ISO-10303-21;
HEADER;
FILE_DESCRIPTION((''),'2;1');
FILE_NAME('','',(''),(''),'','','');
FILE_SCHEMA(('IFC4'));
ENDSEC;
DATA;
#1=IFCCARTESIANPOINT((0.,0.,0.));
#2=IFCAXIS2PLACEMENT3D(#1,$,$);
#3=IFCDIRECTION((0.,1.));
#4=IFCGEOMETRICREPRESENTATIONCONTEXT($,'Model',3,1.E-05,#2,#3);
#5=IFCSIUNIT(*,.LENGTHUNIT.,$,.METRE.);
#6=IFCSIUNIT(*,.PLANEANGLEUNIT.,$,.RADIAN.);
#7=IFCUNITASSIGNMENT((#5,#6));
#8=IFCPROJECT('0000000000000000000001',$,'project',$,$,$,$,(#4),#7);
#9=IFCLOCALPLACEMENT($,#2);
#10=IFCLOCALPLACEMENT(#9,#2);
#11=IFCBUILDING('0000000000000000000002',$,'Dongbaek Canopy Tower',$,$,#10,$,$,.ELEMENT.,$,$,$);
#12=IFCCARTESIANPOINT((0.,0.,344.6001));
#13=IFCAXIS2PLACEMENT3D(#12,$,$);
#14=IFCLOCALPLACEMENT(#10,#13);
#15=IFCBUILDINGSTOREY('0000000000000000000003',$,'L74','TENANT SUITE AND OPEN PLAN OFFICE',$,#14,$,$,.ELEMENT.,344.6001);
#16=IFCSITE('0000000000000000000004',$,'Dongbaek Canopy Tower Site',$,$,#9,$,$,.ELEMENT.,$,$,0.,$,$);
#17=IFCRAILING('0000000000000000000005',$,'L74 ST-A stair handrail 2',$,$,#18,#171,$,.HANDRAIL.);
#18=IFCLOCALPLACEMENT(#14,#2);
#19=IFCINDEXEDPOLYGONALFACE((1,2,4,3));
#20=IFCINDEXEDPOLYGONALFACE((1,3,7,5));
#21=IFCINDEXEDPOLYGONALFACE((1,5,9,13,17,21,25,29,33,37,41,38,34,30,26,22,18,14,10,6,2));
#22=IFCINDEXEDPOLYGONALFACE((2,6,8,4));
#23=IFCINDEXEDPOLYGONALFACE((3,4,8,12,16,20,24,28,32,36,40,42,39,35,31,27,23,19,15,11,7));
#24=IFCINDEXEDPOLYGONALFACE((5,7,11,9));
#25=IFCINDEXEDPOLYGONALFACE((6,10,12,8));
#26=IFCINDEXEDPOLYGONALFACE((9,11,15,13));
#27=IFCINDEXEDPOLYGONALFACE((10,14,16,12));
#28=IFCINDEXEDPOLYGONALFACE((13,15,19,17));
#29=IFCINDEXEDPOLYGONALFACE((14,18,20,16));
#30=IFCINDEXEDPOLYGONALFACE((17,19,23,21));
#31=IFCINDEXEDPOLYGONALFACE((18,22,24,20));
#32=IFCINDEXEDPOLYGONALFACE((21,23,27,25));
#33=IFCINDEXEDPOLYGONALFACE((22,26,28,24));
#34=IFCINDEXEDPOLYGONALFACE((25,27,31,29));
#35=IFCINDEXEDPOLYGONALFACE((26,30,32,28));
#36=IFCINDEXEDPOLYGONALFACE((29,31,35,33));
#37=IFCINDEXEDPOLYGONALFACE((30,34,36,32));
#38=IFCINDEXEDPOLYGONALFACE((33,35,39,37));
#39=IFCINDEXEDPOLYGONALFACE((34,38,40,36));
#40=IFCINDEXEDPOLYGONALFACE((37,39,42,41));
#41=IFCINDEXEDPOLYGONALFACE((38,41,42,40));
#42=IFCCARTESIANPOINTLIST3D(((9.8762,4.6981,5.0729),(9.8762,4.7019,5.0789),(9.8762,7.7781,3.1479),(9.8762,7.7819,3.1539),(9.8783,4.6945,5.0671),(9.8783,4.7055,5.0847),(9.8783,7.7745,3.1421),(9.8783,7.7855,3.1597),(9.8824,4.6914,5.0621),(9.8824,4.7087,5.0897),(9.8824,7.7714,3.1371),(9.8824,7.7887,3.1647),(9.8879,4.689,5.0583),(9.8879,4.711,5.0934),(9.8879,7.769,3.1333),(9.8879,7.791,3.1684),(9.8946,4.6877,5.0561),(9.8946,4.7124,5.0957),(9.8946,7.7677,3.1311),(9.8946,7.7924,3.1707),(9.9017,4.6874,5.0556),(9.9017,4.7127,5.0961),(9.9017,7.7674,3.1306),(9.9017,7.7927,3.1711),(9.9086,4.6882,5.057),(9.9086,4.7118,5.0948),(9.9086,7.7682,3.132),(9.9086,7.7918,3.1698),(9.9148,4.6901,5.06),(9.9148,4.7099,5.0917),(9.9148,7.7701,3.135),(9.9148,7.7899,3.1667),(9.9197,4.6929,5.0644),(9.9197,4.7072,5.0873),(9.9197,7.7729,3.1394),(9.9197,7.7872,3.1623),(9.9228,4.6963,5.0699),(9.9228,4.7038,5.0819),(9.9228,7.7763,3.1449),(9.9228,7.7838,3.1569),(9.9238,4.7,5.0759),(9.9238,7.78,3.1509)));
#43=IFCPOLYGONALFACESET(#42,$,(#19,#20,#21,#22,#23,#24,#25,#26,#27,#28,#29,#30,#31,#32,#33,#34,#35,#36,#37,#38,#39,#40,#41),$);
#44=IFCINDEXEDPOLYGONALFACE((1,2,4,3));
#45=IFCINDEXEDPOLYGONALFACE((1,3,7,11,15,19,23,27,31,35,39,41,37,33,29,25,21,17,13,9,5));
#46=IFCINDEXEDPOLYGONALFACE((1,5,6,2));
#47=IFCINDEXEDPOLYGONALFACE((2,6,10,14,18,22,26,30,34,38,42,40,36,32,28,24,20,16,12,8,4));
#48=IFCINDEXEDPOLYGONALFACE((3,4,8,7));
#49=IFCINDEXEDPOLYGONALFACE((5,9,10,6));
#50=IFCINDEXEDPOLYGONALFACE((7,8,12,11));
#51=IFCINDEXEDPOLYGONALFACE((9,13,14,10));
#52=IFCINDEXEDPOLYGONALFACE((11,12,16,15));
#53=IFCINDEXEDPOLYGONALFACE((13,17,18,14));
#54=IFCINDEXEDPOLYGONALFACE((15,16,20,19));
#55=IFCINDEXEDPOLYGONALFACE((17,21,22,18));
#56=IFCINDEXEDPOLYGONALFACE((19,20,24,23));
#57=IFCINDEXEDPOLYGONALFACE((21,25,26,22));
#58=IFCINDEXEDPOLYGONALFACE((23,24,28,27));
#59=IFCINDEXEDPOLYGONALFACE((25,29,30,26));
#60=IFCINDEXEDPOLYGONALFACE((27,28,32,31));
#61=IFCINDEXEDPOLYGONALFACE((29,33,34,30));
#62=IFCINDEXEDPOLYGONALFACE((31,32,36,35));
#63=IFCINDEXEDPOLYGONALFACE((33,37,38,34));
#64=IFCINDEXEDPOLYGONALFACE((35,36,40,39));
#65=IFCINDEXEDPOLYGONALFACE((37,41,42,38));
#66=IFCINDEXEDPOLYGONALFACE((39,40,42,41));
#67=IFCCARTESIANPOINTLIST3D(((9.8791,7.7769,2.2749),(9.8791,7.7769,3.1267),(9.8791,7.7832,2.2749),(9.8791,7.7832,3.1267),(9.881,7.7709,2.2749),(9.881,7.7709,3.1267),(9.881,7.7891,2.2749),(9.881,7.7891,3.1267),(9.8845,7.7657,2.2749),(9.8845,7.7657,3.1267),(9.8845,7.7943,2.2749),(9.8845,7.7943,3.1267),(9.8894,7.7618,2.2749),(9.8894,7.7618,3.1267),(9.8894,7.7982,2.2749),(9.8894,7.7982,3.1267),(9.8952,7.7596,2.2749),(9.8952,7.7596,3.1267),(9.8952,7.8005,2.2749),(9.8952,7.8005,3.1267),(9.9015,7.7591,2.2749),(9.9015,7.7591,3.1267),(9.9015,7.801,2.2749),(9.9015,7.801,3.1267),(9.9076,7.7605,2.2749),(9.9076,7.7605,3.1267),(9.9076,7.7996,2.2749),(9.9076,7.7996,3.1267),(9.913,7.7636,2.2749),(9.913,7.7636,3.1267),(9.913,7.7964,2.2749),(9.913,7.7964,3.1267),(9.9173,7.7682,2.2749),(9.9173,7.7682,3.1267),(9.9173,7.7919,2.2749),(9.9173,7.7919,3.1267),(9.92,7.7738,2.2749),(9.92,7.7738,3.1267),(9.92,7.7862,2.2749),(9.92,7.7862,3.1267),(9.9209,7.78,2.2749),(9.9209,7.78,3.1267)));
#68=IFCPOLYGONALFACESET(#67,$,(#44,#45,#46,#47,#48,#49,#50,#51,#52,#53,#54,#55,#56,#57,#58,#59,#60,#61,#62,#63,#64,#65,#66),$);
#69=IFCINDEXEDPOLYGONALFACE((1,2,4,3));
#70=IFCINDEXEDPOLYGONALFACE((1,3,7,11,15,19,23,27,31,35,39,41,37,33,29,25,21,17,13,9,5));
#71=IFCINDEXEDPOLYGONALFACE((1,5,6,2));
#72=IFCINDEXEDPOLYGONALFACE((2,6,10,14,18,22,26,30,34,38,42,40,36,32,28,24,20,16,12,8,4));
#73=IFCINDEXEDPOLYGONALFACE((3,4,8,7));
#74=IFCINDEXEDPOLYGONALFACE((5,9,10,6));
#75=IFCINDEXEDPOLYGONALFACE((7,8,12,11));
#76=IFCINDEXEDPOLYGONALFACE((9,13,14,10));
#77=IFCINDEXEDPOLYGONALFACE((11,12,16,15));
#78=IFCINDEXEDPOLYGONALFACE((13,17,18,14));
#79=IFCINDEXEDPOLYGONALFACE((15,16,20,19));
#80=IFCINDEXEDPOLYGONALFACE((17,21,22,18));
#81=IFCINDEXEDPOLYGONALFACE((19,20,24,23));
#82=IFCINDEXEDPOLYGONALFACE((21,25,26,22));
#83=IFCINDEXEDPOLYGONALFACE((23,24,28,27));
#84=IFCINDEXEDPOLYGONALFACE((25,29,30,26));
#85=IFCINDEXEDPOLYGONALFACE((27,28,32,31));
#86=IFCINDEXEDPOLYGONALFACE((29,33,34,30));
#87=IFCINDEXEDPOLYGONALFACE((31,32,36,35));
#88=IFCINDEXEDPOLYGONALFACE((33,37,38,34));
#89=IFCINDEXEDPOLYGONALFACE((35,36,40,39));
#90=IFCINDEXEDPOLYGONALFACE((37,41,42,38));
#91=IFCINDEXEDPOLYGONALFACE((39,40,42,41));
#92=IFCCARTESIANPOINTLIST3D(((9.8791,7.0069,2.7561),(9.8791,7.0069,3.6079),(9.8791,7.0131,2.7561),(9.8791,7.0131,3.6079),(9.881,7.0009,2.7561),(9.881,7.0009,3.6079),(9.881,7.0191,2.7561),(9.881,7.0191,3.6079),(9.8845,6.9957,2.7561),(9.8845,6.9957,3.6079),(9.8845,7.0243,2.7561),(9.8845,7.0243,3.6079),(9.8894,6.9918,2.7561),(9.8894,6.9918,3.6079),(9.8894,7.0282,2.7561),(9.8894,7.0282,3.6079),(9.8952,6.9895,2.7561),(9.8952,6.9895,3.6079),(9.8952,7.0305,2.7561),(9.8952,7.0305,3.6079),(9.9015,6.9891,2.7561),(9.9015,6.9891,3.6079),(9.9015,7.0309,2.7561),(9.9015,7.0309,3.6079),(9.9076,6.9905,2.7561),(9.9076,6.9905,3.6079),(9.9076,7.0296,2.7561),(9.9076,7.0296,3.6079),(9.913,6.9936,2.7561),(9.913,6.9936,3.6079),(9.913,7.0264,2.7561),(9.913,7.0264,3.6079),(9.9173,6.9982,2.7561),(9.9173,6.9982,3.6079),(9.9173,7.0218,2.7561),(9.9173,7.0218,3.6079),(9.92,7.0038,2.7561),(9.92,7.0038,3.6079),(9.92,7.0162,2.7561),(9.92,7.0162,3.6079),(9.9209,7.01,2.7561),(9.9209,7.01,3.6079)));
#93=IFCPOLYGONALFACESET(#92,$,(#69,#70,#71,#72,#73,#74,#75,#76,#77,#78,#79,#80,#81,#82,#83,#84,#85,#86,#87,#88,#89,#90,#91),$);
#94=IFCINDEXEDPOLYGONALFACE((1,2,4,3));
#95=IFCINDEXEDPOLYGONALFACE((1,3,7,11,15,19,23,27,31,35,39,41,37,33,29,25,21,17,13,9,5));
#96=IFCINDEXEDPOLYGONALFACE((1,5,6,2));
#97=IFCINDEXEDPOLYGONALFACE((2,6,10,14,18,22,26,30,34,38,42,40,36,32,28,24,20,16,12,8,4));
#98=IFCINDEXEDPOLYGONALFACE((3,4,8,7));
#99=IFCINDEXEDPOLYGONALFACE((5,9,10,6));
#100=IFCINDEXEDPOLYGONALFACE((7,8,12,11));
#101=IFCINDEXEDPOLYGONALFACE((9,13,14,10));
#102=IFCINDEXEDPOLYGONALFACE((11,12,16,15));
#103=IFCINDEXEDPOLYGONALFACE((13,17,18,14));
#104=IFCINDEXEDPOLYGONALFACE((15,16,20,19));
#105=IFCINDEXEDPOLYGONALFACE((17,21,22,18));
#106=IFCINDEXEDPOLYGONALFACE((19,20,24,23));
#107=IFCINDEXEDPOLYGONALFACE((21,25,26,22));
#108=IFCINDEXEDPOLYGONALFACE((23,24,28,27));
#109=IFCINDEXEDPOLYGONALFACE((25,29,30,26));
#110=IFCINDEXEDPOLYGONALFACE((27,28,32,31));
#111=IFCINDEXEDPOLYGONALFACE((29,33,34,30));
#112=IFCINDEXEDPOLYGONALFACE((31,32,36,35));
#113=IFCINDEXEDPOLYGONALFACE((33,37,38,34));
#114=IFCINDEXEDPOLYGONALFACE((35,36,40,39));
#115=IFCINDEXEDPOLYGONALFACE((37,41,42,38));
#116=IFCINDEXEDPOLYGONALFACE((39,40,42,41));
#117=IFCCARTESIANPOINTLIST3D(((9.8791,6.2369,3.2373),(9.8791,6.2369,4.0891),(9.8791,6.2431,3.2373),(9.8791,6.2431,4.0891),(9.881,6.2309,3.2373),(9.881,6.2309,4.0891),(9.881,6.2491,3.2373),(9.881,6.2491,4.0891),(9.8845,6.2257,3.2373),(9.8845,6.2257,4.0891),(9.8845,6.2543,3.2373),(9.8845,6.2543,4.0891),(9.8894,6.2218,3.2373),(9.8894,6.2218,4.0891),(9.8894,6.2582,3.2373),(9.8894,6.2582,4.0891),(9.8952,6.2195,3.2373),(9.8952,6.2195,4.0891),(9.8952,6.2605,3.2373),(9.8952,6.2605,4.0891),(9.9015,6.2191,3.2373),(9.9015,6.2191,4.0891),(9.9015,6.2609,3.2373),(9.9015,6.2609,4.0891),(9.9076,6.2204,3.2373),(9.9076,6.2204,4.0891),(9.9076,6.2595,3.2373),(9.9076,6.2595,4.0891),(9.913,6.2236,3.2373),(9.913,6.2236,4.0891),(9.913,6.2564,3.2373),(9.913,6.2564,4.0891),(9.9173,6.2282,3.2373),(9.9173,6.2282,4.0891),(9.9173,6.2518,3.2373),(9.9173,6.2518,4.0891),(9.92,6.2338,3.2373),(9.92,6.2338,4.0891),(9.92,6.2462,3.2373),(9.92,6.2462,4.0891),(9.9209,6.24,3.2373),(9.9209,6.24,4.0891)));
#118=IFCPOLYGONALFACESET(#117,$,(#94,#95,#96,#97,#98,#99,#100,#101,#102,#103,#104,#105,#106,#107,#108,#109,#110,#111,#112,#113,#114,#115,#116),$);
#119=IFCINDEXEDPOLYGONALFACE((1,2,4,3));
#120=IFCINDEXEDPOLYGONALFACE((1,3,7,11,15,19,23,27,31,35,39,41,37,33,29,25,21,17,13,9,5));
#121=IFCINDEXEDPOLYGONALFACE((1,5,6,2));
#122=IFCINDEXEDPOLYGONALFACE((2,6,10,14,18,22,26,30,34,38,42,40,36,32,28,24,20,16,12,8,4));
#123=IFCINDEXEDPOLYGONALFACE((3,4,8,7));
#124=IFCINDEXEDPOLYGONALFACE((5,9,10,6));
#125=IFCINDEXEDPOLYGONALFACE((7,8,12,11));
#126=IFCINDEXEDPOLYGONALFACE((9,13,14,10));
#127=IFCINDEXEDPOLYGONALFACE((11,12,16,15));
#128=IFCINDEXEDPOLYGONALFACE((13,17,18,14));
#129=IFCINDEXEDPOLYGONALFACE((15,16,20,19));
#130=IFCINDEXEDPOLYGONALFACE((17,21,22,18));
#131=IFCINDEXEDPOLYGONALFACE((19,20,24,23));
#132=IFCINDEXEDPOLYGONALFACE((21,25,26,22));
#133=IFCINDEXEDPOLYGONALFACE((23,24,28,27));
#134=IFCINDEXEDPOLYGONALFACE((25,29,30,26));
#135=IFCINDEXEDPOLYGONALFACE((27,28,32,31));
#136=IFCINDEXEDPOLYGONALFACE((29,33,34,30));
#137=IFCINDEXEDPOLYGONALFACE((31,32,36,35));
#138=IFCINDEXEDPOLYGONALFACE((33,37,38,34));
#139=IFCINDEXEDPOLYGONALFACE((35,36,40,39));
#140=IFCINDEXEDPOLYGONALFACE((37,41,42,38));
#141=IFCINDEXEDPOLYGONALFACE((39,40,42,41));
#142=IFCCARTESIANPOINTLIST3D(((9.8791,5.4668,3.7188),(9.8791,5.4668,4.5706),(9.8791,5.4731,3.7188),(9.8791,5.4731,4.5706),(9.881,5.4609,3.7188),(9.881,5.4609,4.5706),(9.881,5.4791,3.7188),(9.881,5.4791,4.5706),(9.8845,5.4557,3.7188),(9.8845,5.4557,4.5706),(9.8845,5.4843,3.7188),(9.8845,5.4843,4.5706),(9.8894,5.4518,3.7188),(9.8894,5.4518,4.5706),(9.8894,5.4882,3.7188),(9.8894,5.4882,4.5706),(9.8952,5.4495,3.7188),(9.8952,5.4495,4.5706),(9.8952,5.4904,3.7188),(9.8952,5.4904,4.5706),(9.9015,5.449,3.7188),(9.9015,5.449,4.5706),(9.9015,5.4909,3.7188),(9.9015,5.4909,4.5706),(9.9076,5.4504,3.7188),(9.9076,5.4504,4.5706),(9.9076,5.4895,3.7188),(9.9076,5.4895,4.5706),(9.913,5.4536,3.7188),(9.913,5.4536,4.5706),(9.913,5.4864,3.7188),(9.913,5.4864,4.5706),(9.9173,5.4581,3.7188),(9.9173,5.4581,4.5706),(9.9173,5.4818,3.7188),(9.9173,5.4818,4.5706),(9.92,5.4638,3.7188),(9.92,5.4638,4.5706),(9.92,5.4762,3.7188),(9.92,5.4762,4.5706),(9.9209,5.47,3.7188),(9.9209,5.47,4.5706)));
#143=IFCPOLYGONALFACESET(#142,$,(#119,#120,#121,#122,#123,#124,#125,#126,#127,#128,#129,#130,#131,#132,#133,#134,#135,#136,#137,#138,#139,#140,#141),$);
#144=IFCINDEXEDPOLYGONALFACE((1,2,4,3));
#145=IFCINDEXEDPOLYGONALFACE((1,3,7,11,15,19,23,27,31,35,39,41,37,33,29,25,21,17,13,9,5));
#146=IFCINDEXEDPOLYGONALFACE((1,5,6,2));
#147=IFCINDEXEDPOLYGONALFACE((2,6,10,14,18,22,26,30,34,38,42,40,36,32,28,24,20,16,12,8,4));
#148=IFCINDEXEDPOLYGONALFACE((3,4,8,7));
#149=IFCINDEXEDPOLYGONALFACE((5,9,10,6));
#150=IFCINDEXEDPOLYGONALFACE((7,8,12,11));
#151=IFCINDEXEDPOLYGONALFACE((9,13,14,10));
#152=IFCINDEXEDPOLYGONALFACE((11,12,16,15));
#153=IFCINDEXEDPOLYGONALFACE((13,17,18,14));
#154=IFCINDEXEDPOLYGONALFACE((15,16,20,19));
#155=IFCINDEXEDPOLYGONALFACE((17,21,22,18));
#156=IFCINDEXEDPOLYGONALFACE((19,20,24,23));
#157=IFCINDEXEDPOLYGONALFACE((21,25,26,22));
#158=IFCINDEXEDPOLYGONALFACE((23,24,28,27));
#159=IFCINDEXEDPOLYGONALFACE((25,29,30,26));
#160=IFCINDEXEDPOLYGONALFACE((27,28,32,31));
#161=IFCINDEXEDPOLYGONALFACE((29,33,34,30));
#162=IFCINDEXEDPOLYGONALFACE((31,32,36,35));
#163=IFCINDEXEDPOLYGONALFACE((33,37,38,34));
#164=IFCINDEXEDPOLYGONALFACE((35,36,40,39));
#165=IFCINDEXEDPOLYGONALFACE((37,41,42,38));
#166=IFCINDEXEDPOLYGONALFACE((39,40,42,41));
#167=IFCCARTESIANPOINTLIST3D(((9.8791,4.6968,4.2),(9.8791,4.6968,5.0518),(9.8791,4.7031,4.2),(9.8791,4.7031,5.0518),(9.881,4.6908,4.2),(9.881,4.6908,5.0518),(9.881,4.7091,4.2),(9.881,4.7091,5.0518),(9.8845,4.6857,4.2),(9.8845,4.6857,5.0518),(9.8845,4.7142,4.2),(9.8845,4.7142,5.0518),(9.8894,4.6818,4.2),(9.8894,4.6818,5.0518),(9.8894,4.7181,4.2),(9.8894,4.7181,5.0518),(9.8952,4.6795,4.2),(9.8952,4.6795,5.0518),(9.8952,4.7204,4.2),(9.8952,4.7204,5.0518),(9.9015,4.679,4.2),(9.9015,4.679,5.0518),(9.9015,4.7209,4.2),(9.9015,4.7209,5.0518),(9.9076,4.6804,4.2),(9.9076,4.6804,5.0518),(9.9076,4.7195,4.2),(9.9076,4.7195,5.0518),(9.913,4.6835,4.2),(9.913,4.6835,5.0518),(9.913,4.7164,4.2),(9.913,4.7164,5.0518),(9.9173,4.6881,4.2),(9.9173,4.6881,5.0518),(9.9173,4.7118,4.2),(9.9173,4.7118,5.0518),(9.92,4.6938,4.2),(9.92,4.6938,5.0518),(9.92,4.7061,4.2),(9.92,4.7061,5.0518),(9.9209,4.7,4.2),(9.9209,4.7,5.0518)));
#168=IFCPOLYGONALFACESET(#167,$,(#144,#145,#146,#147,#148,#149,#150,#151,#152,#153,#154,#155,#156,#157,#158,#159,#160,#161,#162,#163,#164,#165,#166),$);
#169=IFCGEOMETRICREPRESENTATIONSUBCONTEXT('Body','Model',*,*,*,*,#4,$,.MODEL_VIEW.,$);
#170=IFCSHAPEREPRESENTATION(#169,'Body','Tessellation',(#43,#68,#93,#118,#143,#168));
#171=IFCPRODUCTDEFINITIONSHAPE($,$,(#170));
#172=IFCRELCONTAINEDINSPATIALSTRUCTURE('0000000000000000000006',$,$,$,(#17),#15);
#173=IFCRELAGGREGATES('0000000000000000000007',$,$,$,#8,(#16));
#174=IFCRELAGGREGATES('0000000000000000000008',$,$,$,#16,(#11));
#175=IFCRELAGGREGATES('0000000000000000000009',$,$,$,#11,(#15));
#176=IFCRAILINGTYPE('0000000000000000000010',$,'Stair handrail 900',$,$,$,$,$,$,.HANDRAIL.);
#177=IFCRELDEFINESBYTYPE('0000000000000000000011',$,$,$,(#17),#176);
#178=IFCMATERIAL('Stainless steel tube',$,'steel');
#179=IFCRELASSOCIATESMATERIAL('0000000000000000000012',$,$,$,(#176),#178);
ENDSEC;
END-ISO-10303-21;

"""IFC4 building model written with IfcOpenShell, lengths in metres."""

from ifc_helpers import new_model, si_unit, direction, frame, origin, origin_2d, place, context, subcontext, project, spatial, circle, extrude, material, type_object, element, save


model = new_model("IFC4")

# Units and contexts
model_context = context("Model", 3, precision=1e-05, world=origin(), true_north=direction((0.0, 1.0)))
body_context = subcontext(model_context, "Body", "Model", "MODEL_VIEW")
ifc_project = project(units=[si_unit("LENGTHUNIT", "METRE"), si_unit("PLANEANGLEUNIT", "RADIAN")], contexts=[model_context])

# Site, building, storey
site_placement = place(None, origin())
site = spatial("IfcSite", under=ifc_project, at=site_placement, Name="Dongbaek Canopy Tower Site", CompositionType="ELEMENT", RefElevation=0.0)
building_placement = place(site_placement, origin())
building = spatial("IfcBuilding", under=site, at=building_placement, Name="Dongbaek Canopy Tower", CompositionType="ELEMENT")
storey_placement = place(building_placement, frame((0.0, 0.0, 344.6001)))
storey = spatial("IfcBuildingStorey", under=building, at=storey_placement, Name="L74", Description="TENANT SUITE AND OPEN PLAN OFFICE", CompositionType="ELEMENT", Elevation=344.6001)

# Railing
ifc_material_1 = material(Name="Stainless steel tube", Category="steel")
railing_type_1 = type_object("IfcRailingType", Name="Stair handrail 900", PredefinedType="HANDRAIL", material=ifc_material_1)
railing_1_placement = place(storey_placement, frame((9.8999, 7.78, 2.2749)))
element("IfcRailing", 1, at=railing_1_placement, inside=storey, type_object=railing_type_1, Name="L74 ST-A stair handrail 2", PredefinedType="HANDRAIL", context=body_context, shape_type="SweptSolid", body=[
    extrude(circle(Radius=0.0239, at=origin_2d()), frame((0.0, 0.0, 0.876), z_axis=(0.0, -0.847998, 0.529999), x_axis=(1.0, 0.0, 0.0)), (0.0, 0.0, 1.0), 3.6321),
    extrude(circle(Radius=0.021, at=origin_2d()), origin(), (0.0, 0.0, 1.0), 0.8518),
    extrude(circle(Radius=0.021, at=origin_2d()), frame((0.0, -0.77, 0.4812)), (0.0, 0.0, 1.0), 0.8518),
    extrude(circle(Radius=0.021, at=origin_2d()), frame((0.0, -1.54, 0.9624)), (0.0, 0.0, 1.0), 0.8518),
    extrude(circle(Radius=0.021, at=origin_2d()), frame((0.0, -2.3101, 1.4438)), (0.0, 0.0, 1.0), 0.8518),
    extrude(circle(Radius=0.021, at=origin_2d()), frame((0.0, -3.0801, 1.925)), (0.0, 0.0, 1.0), 0.8518),
])

save(model, "model.ifc")
